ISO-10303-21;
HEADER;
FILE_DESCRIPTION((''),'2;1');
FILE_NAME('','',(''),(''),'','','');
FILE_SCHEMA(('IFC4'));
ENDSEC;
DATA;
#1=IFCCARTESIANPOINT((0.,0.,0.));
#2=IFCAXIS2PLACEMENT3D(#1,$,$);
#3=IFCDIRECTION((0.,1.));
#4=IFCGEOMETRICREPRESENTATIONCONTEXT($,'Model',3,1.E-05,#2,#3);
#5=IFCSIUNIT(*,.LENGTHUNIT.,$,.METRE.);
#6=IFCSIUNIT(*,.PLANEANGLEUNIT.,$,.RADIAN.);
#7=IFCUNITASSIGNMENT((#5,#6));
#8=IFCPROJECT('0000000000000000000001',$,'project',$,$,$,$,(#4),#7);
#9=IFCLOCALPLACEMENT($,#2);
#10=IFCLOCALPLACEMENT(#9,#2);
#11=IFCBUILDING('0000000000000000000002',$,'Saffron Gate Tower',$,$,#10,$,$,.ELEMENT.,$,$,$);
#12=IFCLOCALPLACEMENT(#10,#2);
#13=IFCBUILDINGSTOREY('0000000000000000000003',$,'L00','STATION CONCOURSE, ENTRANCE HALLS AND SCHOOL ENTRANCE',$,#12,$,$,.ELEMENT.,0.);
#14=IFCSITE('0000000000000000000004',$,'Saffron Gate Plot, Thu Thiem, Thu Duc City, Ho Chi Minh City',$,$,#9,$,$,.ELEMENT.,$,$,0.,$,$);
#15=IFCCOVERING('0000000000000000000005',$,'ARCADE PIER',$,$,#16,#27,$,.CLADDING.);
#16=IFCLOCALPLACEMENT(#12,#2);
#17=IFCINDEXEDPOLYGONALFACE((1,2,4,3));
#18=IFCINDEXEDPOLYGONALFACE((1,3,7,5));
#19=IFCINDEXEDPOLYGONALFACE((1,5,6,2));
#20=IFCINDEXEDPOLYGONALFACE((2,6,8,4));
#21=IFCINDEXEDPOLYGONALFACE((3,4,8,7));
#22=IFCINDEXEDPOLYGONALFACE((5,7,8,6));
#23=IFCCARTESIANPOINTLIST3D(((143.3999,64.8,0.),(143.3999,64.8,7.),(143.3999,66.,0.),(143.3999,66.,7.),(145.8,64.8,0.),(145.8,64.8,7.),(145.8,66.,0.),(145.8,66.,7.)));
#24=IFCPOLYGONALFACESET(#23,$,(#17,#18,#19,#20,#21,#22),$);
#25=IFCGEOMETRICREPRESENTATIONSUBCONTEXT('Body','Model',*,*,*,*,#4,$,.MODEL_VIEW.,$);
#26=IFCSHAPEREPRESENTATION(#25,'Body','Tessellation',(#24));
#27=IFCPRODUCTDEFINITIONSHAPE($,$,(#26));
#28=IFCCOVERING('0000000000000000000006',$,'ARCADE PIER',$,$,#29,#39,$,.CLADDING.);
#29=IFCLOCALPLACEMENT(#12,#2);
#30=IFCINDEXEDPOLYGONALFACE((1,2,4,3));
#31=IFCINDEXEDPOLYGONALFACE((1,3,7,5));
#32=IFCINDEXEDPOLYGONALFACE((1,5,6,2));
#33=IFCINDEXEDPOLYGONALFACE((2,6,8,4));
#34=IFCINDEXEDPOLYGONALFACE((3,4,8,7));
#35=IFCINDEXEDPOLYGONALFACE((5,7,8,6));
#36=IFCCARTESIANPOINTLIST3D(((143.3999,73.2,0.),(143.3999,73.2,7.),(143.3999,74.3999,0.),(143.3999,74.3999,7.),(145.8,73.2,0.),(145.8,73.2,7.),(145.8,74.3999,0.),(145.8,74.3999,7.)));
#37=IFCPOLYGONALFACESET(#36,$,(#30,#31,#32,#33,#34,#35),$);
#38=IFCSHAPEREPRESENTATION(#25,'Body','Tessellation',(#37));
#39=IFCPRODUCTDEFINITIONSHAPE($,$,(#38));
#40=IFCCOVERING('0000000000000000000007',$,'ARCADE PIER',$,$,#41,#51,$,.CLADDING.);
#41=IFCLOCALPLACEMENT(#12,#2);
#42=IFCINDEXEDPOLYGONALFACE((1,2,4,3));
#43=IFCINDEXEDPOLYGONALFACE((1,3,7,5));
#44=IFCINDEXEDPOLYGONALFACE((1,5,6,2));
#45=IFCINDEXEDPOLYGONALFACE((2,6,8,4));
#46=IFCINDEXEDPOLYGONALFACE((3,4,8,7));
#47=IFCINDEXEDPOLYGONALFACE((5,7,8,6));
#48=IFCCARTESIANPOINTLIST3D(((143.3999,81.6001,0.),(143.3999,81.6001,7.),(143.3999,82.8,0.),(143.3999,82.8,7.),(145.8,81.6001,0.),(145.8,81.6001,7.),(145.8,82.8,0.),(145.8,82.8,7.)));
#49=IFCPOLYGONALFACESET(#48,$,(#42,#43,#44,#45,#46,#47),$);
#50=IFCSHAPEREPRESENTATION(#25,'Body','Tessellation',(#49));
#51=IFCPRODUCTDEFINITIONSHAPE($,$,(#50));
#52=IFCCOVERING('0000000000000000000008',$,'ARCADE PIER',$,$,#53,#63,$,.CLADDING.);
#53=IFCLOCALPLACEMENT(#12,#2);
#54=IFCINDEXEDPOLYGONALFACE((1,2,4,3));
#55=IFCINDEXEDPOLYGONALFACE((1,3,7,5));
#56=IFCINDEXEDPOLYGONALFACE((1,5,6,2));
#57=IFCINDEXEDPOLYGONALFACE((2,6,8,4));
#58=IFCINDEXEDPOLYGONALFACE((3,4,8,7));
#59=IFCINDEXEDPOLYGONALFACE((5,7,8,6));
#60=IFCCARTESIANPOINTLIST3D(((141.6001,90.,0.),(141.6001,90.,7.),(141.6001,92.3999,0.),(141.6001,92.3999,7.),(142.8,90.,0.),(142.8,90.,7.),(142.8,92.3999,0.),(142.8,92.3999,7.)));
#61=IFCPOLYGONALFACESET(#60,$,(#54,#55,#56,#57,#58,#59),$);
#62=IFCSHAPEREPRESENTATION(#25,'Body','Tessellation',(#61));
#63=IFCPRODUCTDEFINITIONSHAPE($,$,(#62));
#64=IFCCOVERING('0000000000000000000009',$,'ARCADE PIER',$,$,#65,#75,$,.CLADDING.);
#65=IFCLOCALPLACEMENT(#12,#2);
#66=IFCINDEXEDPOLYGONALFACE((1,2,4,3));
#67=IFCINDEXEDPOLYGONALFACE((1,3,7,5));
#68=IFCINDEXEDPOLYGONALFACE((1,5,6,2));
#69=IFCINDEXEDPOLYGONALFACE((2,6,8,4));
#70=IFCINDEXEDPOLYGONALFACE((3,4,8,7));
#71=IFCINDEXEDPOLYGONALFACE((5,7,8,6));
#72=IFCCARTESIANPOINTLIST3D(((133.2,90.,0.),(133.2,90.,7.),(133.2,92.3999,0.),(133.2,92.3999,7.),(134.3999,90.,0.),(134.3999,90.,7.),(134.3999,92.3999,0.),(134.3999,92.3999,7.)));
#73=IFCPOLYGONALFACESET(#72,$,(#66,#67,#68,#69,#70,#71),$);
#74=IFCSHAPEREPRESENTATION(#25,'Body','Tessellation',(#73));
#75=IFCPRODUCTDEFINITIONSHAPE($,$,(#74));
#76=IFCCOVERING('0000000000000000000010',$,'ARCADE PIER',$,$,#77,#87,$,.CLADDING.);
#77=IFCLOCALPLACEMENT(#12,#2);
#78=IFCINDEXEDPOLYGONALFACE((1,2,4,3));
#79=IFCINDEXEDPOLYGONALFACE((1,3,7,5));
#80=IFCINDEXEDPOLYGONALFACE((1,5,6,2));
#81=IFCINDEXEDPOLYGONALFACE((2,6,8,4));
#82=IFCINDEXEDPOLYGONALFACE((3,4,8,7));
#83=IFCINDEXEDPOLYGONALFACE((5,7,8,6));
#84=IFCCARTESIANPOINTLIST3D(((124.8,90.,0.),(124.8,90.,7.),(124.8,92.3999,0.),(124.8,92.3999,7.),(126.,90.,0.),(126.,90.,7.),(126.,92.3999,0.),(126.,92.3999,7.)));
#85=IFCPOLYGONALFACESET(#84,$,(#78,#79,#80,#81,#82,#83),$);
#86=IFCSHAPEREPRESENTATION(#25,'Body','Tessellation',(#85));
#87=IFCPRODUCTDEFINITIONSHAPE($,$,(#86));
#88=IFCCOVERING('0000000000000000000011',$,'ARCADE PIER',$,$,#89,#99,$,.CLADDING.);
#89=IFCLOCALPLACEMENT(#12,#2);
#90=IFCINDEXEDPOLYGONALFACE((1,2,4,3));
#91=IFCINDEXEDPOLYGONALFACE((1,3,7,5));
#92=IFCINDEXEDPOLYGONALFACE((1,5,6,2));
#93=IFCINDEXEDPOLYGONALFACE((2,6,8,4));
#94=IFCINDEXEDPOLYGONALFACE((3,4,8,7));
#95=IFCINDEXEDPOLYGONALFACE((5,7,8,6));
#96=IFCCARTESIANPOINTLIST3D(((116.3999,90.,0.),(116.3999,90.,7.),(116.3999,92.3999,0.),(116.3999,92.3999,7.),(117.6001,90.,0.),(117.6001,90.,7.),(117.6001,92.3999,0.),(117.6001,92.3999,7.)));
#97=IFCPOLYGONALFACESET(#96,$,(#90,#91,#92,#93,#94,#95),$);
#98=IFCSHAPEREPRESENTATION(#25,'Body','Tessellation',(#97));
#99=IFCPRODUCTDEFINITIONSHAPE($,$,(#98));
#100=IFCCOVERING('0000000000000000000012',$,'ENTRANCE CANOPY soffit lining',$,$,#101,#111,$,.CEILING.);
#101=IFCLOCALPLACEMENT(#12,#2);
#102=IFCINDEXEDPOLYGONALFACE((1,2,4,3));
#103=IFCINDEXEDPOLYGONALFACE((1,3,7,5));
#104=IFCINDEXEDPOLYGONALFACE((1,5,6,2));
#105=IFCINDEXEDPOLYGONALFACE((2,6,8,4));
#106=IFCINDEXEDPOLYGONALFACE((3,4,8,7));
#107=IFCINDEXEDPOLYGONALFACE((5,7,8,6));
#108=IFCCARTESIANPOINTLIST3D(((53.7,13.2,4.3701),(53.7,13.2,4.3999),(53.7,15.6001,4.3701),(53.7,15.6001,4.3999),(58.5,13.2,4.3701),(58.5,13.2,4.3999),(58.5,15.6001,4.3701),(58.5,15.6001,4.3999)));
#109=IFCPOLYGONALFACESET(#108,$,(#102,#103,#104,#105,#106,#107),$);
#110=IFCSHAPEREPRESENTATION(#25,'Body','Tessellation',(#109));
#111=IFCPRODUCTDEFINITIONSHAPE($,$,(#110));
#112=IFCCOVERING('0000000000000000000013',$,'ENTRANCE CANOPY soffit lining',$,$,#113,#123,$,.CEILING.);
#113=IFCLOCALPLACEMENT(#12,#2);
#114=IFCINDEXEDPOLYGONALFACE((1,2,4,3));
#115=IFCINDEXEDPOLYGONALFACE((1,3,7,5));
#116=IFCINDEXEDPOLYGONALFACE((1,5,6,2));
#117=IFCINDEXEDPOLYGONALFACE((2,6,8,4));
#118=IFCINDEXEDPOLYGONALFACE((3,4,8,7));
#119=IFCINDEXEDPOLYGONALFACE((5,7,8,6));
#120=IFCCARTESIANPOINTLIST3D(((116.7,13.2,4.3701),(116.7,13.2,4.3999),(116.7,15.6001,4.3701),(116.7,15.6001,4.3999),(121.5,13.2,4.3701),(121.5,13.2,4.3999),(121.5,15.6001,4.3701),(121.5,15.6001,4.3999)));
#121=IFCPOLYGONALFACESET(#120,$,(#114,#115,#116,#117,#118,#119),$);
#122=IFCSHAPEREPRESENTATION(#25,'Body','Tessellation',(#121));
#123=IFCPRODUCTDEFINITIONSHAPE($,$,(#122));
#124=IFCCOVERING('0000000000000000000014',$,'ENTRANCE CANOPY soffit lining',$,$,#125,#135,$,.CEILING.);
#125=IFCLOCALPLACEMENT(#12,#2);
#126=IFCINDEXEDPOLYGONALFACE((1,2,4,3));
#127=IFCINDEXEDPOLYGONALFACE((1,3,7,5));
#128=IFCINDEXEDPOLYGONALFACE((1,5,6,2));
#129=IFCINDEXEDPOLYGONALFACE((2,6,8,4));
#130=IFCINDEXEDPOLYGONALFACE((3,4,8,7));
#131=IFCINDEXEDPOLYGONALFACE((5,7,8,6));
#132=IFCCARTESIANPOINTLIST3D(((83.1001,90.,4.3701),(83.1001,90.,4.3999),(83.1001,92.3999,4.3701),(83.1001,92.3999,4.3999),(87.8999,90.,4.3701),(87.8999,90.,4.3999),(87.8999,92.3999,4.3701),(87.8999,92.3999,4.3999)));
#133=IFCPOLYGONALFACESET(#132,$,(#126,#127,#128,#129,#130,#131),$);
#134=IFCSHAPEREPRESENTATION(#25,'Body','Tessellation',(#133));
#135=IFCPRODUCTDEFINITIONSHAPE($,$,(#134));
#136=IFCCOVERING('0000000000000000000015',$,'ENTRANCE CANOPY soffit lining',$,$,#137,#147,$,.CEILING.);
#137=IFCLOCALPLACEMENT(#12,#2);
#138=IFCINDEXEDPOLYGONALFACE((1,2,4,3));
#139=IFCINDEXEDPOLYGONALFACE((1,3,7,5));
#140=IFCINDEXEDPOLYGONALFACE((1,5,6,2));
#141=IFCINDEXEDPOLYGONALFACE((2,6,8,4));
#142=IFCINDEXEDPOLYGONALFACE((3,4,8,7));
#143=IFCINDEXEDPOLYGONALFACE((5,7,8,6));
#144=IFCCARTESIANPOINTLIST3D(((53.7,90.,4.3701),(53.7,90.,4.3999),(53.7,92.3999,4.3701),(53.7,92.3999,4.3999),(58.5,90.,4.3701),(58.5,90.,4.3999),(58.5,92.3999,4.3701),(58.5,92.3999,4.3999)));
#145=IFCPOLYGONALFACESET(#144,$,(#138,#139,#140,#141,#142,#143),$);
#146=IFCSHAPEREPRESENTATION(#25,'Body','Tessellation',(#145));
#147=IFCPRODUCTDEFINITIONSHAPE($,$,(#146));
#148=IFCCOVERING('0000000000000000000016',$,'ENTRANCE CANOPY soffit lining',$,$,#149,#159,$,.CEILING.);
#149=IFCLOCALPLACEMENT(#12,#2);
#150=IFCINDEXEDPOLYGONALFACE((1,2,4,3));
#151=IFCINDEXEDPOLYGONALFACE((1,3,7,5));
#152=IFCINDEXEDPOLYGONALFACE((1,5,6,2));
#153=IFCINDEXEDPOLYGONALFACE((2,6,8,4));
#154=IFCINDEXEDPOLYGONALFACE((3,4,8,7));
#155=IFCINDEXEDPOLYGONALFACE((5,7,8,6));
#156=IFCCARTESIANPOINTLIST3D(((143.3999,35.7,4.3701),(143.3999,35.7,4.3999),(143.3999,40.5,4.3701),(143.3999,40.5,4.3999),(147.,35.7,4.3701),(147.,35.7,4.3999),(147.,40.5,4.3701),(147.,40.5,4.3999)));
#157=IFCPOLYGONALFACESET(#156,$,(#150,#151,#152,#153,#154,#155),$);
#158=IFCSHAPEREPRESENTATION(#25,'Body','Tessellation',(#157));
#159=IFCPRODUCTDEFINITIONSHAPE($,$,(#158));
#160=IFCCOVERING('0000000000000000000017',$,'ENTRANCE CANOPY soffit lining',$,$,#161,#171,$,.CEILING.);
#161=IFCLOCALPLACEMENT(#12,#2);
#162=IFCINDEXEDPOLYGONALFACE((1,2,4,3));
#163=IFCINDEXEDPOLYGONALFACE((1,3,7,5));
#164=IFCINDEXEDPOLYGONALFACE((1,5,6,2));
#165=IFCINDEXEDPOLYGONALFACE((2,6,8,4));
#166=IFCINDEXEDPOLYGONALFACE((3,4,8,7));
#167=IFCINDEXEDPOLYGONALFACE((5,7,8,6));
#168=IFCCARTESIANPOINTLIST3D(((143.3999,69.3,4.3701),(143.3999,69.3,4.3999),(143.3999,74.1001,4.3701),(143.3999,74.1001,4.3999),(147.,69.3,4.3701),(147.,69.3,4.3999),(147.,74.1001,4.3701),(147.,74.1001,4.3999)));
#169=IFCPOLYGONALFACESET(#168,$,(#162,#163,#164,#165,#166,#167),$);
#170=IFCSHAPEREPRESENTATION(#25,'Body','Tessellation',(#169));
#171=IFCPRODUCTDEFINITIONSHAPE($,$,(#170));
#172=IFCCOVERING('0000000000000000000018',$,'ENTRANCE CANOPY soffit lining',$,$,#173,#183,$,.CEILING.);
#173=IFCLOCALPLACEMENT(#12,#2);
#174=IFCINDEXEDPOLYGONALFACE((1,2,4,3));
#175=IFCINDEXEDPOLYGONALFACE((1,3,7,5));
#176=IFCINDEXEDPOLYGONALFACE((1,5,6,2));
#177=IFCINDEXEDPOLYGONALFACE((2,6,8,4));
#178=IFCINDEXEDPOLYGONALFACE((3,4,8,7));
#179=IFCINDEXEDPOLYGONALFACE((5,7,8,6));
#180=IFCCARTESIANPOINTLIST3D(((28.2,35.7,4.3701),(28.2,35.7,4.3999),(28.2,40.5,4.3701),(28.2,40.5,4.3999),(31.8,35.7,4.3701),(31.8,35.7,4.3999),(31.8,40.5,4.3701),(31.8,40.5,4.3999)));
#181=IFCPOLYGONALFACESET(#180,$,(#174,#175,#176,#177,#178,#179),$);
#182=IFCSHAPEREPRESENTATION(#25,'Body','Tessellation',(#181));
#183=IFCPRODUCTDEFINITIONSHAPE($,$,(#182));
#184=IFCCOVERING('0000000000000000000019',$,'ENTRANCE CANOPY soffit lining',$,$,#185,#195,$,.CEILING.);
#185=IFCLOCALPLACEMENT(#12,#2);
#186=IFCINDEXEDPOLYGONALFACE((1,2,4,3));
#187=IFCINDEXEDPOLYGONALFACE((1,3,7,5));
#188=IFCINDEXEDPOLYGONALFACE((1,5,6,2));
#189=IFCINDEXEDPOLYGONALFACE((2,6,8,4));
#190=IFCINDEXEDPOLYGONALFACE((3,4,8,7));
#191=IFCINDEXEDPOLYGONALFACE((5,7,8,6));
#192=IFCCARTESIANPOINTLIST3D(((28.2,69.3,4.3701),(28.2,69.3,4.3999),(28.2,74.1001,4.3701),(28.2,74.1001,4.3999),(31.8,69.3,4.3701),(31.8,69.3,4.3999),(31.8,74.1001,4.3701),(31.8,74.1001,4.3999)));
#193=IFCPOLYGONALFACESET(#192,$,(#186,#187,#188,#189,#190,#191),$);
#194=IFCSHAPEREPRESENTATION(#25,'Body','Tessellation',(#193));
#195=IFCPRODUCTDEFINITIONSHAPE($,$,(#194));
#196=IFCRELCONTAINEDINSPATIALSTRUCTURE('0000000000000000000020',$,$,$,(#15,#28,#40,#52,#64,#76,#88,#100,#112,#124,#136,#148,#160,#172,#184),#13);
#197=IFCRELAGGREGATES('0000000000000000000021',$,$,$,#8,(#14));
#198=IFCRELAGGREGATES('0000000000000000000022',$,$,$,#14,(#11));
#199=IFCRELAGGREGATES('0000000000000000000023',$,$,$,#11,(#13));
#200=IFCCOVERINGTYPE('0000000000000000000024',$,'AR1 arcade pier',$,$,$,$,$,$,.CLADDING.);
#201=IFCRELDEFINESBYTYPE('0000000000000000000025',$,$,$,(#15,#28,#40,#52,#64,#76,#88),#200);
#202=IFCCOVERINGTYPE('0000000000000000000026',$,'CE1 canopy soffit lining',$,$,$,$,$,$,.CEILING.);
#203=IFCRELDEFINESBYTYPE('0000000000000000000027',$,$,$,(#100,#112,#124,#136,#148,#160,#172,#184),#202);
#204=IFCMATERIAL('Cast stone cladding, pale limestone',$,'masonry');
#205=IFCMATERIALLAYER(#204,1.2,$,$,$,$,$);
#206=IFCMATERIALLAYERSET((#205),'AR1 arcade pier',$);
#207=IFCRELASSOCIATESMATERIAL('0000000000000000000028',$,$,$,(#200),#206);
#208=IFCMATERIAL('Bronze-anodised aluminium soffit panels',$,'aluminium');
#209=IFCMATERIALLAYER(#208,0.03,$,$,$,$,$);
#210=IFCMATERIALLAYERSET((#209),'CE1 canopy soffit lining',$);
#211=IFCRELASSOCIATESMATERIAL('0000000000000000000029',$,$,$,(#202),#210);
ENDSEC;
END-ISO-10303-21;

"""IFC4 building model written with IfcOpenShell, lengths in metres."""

from ifc_helpers import new_model, si_unit, direction, frame, origin, place, context, subcontext, project, spatial, polyline, outline, extrude, material, layer, layer_set, type_object, element, save


model = new_model("IFC4")

# Units and contexts
model_context = context("Model", 3, precision=1e-05, world=origin(), true_north=direction((0.0, 1.0)))
body_context = subcontext(model_context, "Body", "Model", "MODEL_VIEW")
ifc_project = project(units=[si_unit("LENGTHUNIT", "METRE"), si_unit("PLANEANGLEUNIT", "RADIAN")], contexts=[model_context])

# Site, building, storey
site_placement = place(None, origin())
site = spatial("IfcSite", under=ifc_project, at=site_placement, Name="Saffron Gate Plot, Thu Thiem, Thu Duc City, Ho Chi Minh City", CompositionType="ELEMENT", RefElevation=0.0)
building_placement = place(site_placement, origin())
building = spatial("IfcBuilding", under=site, at=building_placement, Name="Saffron Gate Tower", CompositionType="ELEMENT")
storey_placement = place(building_placement, origin())
storey = spatial("IfcBuildingStorey", under=building, at=storey_placement, Name="L00", Description="STATION CONCOURSE, ENTRANCE HALLS AND SCHOOL ENTRANCE", CompositionType="ELEMENT", Elevation=0.0)

# Coverings
ifc_material_1 = material(Name="Cast stone cladding, pale limestone", Category="masonry")
ifc_layer_1 = layer(ifc_material_1, 1.2)
ifc_layer_set_1 = layer_set([ifc_layer_1], Name="AR1 arcade pier")
covering_type_1 = type_object("IfcCoveringType", Name="AR1 arcade pier", PredefinedType="CLADDING", material=ifc_layer_set_1)
covering_1_placement = place(storey_placement, origin())
element("IfcCovering", 1, at=covering_1_placement, inside=storey, type_object=covering_type_1, Name="ARCADE PIER", PredefinedType="CLADDING", context=body_context, shape_type="SweptSolid", body=[
    extrude(outline(polyline([(143.3999, 64.8), (143.3999, 66.0), (145.8, 66.0), (145.8, 64.8), (143.3999, 64.8)])), origin(), (0.0, 0.0, 1.0), 7.0),
])
covering_2_placement = place(storey_placement, origin())
element("IfcCovering", 2, at=covering_2_placement, inside=storey, type_object=covering_type_1, Name="ARCADE PIER", PredefinedType="CLADDING", context=body_context, shape_type="SweptSolid", body=[
    extrude(outline(polyline([(143.3999, 73.2), (143.3999, 74.3999), (145.8, 74.3999), (145.8, 73.2), (143.3999, 73.2)])), origin(), (0.0, 0.0, 1.0), 7.0),
])
covering_3_placement = place(storey_placement, origin())
element("IfcCovering", 3, at=covering_3_placement, inside=storey, type_object=covering_type_1, Name="ARCADE PIER", PredefinedType="CLADDING", context=body_context, shape_type="SweptSolid", body=[
    extrude(outline(polyline([(143.3999, 81.6001), (143.3999, 82.8), (145.8, 82.8), (145.8, 81.6001), (143.3999, 81.6001)])), origin(), (0.0, 0.0, 1.0), 7.0),
])
covering_4_placement = place(storey_placement, origin())
element("IfcCovering", 4, at=covering_4_placement, inside=storey, type_object=covering_type_1, Name="ARCADE PIER", PredefinedType="CLADDING", context=body_context, shape_type="SweptSolid", body=[
    extrude(outline(polyline([(142.8, 90.0), (141.6001, 90.0), (141.6001, 92.3999), (142.8, 92.3999), (142.8, 90.0)])), origin(), (0.0, 0.0, 1.0), 7.0),
])
covering_5_placement = place(storey_placement, origin())
element("IfcCovering", 5, at=covering_5_placement, inside=storey, type_object=covering_type_1, Name="ARCADE PIER", PredefinedType="CLADDING", context=body_context, shape_type="SweptSolid", body=[
    extrude(outline(polyline([(134.3999, 90.0), (133.2, 90.0), (133.2, 92.3999), (134.3999, 92.3999), (134.3999, 90.0)])), origin(), (0.0, 0.0, 1.0), 7.0),
])
covering_6_placement = place(storey_placement, origin())
element("IfcCovering", 6, at=covering_6_placement, inside=storey, type_object=covering_type_1, Name="ARCADE PIER", PredefinedType="CLADDING", context=body_context, shape_type="SweptSolid", body=[
    extrude(outline(polyline([(126.0, 90.0), (124.8, 90.0), (124.8, 92.3999), (126.0, 92.3999), (126.0, 90.0)])), origin(), (0.0, 0.0, 1.0), 7.0),
])
covering_7_placement = place(storey_placement, origin())
element("IfcCovering", 7, at=covering_7_placement, inside=storey, type_object=covering_type_1, Name="ARCADE PIER", PredefinedType="CLADDING", context=body_context, shape_type="SweptSolid", body=[
    extrude(outline(polyline([(117.6001, 90.0), (116.3999, 90.0), (116.3999, 92.3999), (117.6001, 92.3999), (117.6001, 90.0)])), origin(), (0.0, 0.0, 1.0), 7.0),
])
ifc_material_2 = material(Name="Bronze-anodised aluminium soffit panels", Category="aluminium")
ifc_layer_2 = layer(ifc_material_2, 0.03)
ifc_layer_set_2 = layer_set([ifc_layer_2], Name="CE1 canopy soffit lining")
covering_type_2 = type_object("IfcCoveringType", Name="CE1 canopy soffit lining", PredefinedType="CEILING", material=ifc_layer_set_2)
covering_8_placement = place(storey_placement, frame((0.0, 0.0, 4.3701)))
element("IfcCovering", 8, at=covering_8_placement, inside=storey, type_object=covering_type_2, Name="ENTRANCE CANOPY soffit lining", PredefinedType="CEILING", context=body_context, shape_type="SweptSolid", body=[
    extrude(outline(polyline([(53.7, 15.6001), (58.5, 15.6001), (58.5, 13.2), (53.7, 13.2), (53.7, 15.6001)])), origin(), (0.0, 0.0, 1.0), 0.0298),
])
covering_9_placement = place(storey_placement, frame((0.0, 0.0, 4.3701)))
element("IfcCovering", 9, at=covering_9_placement, inside=storey, type_object=covering_type_2, Name="ENTRANCE CANOPY soffit lining", PredefinedType="CEILING", context=body_context, shape_type="SweptSolid", body=[
    extrude(outline(polyline([(116.7, 15.6001), (121.5, 15.6001), (121.5, 13.2), (116.7, 13.2), (116.7, 15.6001)])), origin(), (0.0, 0.0, 1.0), 0.0298),
])
covering_10_placement = place(storey_placement, frame((0.0, 0.0, 4.3701)))
element("IfcCovering", 10, at=covering_10_placement, inside=storey, type_object=covering_type_2, Name="ENTRANCE CANOPY soffit lining", PredefinedType="CEILING", context=body_context, shape_type="SweptSolid", body=[
    extrude(outline(polyline([(87.8999, 90.0), (83.1001, 90.0), (83.1001, 92.3999), (87.8999, 92.3999), (87.8999, 90.0)])), origin(), (0.0, 0.0, 1.0), 0.0298),
])
covering_11_placement = place(storey_placement, frame((0.0, 0.0, 4.3701)))
element("IfcCovering", 11, at=covering_11_placement, inside=storey, type_object=covering_type_2, Name="ENTRANCE CANOPY soffit lining", PredefinedType="CEILING", context=body_context, shape_type="SweptSolid", body=[
    extrude(outline(polyline([(58.5, 90.0), (53.7, 90.0), (53.7, 92.3999), (58.5, 92.3999), (58.5, 90.0)])), origin(), (0.0, 0.0, 1.0), 0.0298),
])
covering_12_placement = place(storey_placement, frame((0.0, 0.0, 4.3701)))
element("IfcCovering", 12, at=covering_12_placement, inside=storey, type_object=covering_type_2, Name="ENTRANCE CANOPY soffit lining", PredefinedType="CEILING", context=body_context, shape_type="SweptSolid", body=[
    extrude(outline(polyline([(143.3999, 35.7), (143.3999, 40.5), (147.0, 40.5), (147.0, 35.7), (143.3999, 35.7)])), origin(), (0.0, 0.0, 1.0), 0.0298),
])
covering_13_placement = place(storey_placement, frame((0.0, 0.0, 4.3701)))
element("IfcCovering", 13, at=covering_13_placement, inside=storey, type_object=covering_type_2, Name="ENTRANCE CANOPY soffit lining", PredefinedType="CEILING", context=body_context, shape_type="SweptSolid", body=[
    extrude(outline(polyline([(143.3999, 69.3), (143.3999, 74.1001), (147.0, 74.1001), (147.0, 69.3), (143.3999, 69.3)])), origin(), (0.0, 0.0, 1.0), 0.0298),
])
covering_14_placement = place(storey_placement, frame((0.0, 0.0, 4.3701)))
element("IfcCovering", 14, at=covering_14_placement, inside=storey, type_object=covering_type_2, Name="ENTRANCE CANOPY soffit lining", PredefinedType="CEILING", context=body_context, shape_type="SweptSolid", body=[
    extrude(outline(polyline([(31.8, 40.5), (31.8, 35.7), (28.2, 35.7), (28.2, 40.5), (31.8, 40.5)])), origin(), (0.0, 0.0, 1.0), 0.0298),
])
covering_15_placement = place(storey_placement, frame((0.0, 0.0, 4.3701)))
element("IfcCovering", 15, at=covering_15_placement, inside=storey, type_object=covering_type_2, Name="ENTRANCE CANOPY soffit lining", PredefinedType="CEILING", context=body_context, shape_type="SweptSolid", body=[
    extrude(outline(polyline([(31.8, 74.1001), (31.8, 69.3), (28.2, 69.3), (28.2, 74.1001), (31.8, 74.1001)])), origin(), (0.0, 0.0, 1.0), 0.0298),
])

save(model, "model.ifc")
